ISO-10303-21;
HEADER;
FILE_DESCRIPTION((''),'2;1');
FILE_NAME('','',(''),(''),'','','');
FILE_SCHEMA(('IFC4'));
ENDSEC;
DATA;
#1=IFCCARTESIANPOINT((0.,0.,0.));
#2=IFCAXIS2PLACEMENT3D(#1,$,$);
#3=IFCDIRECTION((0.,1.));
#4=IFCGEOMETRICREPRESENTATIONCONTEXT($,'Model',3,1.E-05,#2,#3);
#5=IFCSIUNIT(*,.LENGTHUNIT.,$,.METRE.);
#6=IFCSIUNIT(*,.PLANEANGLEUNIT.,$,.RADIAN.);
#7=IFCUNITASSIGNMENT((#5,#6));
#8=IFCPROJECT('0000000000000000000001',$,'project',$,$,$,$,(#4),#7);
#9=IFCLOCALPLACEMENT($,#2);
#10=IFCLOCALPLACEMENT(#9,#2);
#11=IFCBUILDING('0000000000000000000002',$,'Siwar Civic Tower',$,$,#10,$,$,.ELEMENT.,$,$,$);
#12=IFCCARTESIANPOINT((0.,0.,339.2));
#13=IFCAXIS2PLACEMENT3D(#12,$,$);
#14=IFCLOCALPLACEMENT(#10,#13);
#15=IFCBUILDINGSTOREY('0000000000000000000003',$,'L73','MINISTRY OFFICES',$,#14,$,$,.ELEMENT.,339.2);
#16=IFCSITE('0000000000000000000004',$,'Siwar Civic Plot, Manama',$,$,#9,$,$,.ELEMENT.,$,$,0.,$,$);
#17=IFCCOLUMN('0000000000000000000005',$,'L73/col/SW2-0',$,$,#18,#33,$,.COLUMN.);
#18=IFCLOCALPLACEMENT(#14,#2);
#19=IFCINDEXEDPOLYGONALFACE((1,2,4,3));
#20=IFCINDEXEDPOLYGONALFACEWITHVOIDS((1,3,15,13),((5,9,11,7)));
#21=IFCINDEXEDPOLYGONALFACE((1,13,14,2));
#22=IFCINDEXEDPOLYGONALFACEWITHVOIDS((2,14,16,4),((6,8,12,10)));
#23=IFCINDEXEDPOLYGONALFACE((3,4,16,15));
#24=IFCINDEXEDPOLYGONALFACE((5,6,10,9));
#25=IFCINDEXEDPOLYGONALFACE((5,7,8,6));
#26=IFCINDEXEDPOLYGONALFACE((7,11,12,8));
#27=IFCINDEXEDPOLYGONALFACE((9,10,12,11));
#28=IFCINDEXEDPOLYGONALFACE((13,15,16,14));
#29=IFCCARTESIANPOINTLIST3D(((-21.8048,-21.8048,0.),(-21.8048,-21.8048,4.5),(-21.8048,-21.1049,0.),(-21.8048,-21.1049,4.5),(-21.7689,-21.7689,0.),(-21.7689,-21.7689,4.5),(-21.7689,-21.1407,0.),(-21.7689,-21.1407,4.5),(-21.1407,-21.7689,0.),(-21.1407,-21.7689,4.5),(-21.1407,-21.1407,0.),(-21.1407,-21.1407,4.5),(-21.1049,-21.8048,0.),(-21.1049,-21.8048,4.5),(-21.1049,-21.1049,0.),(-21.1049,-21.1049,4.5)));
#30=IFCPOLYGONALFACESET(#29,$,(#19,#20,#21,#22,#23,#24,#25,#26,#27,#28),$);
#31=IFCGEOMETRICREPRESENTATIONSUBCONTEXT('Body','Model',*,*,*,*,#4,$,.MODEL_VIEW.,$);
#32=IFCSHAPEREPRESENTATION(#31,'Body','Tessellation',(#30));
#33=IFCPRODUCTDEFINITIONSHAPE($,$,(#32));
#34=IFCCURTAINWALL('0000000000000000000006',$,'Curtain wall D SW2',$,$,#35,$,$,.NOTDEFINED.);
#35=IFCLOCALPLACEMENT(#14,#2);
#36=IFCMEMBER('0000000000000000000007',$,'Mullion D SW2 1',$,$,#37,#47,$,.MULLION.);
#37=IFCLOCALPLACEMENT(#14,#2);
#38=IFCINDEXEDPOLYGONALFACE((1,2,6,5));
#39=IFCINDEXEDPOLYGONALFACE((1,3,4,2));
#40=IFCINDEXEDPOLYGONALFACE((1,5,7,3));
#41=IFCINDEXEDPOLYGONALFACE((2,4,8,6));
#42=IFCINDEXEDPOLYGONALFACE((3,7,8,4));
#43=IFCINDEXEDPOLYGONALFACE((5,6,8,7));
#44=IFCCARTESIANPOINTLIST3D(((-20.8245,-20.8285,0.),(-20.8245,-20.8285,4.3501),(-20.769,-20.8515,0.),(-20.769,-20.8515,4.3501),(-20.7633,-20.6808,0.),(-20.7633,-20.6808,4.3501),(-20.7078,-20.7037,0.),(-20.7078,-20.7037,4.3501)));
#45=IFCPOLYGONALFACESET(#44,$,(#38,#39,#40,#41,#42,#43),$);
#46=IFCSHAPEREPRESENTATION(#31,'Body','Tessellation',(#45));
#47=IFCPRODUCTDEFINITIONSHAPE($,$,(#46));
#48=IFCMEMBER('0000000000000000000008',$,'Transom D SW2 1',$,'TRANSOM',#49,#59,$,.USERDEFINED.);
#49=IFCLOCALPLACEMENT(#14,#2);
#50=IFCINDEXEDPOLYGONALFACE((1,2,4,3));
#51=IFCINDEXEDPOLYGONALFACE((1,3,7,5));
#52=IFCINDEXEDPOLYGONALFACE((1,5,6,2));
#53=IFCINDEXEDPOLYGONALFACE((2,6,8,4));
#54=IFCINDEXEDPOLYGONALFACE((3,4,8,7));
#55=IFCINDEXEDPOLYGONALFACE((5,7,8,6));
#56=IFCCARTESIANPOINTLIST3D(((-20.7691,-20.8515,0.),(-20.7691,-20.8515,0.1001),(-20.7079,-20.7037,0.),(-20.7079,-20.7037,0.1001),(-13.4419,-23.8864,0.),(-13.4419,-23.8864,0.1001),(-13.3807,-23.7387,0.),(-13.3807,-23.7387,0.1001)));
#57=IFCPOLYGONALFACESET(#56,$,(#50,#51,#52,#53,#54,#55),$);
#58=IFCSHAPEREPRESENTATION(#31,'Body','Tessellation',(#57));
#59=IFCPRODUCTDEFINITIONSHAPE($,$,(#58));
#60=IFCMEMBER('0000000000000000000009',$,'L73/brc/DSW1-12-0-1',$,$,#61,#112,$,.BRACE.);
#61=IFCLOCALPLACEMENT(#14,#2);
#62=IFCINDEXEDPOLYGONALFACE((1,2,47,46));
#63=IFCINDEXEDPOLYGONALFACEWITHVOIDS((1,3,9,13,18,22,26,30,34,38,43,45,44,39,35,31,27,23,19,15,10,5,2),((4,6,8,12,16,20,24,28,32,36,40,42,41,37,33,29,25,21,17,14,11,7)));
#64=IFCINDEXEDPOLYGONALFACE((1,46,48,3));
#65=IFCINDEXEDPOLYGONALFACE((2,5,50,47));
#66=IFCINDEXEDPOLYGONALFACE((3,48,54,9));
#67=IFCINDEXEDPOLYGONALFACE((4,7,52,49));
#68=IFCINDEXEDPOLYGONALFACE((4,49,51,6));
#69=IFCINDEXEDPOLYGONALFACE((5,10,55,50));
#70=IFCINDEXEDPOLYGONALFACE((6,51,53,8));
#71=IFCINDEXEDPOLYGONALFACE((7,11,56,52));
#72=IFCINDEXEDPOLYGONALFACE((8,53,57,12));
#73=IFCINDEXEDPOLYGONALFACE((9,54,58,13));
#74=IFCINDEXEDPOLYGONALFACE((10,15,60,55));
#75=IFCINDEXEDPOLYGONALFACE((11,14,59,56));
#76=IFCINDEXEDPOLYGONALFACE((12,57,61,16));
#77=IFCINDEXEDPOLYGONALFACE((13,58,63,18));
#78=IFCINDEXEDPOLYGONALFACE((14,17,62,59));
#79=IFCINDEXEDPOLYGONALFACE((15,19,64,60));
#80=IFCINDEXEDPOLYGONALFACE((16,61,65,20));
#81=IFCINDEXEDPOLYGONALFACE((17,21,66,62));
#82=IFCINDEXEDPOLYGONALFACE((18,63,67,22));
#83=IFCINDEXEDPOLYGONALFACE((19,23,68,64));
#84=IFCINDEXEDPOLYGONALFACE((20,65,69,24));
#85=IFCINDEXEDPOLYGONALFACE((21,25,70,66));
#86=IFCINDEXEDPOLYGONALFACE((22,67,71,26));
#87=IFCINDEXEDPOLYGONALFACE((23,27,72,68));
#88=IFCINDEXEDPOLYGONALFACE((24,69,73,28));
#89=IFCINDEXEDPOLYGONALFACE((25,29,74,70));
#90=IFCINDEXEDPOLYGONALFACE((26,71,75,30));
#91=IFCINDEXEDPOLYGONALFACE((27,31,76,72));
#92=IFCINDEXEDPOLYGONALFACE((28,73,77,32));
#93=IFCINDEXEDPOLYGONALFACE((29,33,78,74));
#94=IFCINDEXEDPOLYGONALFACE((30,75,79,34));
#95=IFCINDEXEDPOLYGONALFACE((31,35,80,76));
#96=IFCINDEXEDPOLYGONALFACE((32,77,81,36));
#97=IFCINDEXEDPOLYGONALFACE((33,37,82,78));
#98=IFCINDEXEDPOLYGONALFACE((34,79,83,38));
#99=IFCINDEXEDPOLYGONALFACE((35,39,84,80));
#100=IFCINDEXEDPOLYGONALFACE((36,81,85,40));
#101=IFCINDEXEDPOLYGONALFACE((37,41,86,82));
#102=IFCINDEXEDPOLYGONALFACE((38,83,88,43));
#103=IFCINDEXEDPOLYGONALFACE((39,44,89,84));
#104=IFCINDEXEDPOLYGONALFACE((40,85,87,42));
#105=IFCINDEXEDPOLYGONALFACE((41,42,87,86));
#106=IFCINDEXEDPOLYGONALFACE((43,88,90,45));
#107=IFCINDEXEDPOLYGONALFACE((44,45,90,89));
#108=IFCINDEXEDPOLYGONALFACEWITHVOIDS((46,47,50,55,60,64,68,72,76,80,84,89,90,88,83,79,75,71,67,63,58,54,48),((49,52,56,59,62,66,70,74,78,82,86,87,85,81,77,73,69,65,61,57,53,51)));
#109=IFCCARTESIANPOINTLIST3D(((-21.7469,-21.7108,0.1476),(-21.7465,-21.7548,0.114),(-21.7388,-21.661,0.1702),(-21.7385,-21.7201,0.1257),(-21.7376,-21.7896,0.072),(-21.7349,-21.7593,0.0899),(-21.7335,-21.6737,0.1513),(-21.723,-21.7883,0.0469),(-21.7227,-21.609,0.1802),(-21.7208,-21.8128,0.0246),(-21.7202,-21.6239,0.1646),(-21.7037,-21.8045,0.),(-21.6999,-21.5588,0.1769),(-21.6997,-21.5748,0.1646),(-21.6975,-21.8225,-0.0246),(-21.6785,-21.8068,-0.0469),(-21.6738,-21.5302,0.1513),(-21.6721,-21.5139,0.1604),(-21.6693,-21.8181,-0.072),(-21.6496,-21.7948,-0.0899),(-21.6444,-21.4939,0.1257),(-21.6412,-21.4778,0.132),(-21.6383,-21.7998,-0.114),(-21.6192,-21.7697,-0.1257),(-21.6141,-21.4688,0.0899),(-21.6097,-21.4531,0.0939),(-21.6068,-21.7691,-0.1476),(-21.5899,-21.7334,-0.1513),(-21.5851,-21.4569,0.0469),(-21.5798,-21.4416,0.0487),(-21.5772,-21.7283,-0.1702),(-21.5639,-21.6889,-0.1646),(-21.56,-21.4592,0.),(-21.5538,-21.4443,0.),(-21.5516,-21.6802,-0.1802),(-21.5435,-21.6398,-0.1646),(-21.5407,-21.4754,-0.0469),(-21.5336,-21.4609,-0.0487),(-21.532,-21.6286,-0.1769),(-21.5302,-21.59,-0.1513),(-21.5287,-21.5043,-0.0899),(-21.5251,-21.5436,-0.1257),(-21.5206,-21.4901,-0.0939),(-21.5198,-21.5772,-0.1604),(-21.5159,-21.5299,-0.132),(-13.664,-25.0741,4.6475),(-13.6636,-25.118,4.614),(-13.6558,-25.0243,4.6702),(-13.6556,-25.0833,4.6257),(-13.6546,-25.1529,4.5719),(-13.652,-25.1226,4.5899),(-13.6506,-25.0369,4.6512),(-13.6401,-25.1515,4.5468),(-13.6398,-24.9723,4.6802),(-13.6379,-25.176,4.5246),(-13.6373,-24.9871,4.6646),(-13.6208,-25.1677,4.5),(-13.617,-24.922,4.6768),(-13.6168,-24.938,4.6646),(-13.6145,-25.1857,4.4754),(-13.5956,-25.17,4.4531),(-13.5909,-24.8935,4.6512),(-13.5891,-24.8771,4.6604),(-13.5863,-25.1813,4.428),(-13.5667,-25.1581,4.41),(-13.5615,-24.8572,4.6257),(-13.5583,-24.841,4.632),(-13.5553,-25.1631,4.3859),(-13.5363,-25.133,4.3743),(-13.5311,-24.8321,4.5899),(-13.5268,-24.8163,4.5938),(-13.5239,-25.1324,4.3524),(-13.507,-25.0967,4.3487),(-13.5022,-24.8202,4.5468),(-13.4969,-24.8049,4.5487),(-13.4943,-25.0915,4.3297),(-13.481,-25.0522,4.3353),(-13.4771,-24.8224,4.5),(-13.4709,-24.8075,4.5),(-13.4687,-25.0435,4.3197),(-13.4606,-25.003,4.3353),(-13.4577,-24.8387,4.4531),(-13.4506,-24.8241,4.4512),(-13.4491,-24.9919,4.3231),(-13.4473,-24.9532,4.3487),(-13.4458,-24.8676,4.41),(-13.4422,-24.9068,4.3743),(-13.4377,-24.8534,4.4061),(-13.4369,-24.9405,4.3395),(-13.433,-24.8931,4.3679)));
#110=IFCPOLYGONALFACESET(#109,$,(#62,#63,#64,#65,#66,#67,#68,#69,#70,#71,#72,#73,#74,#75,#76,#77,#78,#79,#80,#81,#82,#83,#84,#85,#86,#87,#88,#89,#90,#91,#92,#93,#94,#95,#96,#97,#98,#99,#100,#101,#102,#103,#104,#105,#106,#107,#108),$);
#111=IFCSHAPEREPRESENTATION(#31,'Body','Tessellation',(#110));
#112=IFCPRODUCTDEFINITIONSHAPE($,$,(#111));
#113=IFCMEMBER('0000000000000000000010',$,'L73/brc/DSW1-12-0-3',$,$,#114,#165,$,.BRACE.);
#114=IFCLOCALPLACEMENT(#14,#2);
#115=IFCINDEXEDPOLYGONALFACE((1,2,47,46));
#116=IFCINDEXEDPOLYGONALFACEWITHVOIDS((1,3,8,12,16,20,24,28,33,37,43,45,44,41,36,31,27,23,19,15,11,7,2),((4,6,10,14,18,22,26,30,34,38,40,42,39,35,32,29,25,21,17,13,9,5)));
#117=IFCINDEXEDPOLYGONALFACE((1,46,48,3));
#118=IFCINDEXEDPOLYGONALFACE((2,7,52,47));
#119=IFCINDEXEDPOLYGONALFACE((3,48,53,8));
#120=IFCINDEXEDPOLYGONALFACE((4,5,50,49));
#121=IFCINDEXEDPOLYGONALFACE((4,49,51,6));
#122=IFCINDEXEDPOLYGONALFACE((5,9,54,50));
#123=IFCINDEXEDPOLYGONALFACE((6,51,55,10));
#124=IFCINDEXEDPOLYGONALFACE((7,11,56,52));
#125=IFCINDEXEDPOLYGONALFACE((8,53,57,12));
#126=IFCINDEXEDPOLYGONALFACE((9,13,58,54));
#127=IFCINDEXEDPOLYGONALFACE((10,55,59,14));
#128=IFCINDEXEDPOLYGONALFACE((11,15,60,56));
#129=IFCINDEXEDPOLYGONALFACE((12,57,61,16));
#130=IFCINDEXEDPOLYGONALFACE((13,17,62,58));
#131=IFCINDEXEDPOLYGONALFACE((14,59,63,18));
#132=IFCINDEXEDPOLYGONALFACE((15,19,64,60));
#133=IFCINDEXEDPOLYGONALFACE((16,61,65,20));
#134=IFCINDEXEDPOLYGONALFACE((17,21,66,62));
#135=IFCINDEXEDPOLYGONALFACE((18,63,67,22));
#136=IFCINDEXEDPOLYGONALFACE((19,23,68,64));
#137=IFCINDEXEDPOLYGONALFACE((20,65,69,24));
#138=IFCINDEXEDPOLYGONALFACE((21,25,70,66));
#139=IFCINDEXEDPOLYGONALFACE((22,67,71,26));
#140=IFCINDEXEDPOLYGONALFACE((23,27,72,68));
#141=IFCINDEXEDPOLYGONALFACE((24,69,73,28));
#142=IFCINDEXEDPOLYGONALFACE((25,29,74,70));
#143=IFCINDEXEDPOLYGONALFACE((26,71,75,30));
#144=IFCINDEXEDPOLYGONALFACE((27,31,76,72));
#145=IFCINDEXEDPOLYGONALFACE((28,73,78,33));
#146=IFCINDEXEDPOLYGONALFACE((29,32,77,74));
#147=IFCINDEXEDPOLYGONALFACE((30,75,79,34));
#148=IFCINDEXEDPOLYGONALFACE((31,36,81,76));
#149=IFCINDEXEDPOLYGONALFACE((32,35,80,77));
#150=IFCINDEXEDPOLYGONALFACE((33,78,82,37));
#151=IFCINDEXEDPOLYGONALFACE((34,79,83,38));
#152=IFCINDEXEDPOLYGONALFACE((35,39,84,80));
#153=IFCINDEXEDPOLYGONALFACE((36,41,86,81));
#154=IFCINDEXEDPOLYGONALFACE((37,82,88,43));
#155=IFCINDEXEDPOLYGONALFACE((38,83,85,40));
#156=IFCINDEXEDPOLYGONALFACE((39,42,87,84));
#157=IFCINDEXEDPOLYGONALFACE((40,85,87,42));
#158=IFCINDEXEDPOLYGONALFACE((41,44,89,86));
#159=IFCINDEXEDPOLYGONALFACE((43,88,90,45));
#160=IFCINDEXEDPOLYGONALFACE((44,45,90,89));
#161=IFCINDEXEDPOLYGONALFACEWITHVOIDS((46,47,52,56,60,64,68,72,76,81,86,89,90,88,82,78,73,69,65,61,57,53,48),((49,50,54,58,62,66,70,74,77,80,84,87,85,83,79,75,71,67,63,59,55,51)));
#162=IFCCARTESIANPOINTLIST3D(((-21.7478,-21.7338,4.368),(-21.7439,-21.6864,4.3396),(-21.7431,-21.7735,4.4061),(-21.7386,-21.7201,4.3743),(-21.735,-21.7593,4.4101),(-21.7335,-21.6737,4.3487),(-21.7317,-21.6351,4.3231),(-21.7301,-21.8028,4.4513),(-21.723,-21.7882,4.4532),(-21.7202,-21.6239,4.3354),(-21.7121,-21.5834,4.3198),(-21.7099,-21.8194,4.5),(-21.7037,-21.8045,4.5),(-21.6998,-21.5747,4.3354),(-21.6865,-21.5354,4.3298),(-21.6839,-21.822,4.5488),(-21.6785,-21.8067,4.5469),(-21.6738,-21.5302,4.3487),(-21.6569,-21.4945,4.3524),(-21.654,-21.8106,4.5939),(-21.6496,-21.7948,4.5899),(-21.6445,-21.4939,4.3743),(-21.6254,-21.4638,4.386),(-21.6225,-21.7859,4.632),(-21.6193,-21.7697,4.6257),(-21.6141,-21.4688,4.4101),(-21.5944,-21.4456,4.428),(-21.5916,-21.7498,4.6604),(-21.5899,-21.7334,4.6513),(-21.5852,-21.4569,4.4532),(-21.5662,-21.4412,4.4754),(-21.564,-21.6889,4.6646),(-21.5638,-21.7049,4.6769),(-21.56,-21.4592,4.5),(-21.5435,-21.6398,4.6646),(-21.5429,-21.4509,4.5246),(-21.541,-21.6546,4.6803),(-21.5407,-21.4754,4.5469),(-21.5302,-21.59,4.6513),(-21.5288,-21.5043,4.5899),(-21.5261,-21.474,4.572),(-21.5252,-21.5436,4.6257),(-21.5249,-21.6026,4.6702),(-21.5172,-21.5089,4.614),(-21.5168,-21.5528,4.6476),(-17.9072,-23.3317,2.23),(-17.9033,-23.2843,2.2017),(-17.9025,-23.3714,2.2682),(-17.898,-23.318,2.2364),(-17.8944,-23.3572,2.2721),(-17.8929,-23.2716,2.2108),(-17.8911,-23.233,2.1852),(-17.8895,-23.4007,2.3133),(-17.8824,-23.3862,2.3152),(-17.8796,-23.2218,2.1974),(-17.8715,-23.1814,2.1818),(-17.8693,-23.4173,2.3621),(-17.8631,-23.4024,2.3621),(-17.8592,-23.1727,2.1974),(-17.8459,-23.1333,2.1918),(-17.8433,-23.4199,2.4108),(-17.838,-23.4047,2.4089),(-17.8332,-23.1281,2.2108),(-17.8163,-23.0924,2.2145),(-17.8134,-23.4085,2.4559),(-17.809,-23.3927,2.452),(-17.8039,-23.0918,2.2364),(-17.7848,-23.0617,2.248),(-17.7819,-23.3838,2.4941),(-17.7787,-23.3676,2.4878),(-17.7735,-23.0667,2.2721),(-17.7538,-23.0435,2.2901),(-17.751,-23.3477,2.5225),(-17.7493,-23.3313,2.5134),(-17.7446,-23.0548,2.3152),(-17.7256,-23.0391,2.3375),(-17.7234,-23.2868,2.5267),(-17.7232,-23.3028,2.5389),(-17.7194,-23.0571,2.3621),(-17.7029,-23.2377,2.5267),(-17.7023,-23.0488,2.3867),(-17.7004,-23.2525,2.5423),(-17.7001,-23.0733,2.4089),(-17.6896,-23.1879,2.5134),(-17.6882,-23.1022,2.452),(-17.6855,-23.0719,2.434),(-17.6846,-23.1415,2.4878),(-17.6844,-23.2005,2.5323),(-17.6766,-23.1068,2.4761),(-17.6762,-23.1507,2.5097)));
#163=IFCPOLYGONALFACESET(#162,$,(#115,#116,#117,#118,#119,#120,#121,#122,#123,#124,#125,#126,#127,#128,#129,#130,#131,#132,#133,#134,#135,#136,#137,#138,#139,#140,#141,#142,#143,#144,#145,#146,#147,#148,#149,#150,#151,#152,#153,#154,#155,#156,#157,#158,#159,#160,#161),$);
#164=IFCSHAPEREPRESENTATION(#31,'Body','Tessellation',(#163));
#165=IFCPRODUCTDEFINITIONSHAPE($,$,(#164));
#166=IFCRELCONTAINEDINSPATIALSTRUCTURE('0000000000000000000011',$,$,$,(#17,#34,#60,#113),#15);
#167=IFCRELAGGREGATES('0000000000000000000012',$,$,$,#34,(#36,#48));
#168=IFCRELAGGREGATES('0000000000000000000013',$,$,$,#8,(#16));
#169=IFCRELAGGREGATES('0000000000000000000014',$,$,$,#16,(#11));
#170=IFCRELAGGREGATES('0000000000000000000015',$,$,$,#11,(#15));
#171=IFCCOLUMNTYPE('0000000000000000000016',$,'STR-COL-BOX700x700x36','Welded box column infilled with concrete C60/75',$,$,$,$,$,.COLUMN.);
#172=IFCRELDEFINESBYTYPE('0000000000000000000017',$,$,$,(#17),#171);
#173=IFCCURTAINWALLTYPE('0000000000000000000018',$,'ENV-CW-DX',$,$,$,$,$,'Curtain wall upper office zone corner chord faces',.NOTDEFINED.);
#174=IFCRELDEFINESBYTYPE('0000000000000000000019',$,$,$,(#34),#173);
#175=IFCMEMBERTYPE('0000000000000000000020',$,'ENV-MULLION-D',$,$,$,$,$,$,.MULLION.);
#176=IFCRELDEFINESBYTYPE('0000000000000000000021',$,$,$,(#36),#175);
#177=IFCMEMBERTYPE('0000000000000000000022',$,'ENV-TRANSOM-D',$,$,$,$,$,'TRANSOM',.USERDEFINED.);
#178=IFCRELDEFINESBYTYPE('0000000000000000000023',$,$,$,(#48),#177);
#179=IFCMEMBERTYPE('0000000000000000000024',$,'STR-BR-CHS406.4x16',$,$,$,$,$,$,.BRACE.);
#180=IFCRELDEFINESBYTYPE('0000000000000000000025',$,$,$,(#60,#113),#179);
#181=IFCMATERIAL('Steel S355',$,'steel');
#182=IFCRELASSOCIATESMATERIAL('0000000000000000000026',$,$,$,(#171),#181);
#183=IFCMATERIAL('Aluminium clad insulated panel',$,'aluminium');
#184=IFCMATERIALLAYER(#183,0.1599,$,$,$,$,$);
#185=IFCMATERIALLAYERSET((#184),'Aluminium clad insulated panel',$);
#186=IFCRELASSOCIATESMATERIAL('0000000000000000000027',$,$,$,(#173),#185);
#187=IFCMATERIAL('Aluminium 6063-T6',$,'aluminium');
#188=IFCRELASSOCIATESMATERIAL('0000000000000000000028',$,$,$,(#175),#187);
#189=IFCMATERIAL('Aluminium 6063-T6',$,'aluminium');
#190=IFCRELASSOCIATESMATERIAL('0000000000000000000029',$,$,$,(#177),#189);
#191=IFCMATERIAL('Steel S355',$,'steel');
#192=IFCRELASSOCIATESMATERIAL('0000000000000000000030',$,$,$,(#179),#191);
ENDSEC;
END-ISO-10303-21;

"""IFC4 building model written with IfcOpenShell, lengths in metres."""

from ifc_helpers import new_model, si_unit, direction, frame, origin, origin_2d, place, context, subcontext, project, spatial, rectangle, hollow_rectangle, hollow_circle, extrude, material, layer, layer_set, material_profile, profile_set, type_object, element, aggregate, save


model = new_model("IFC4")

# Units and contexts
model_context = context("Model", 3, precision=1e-05, world=origin(), true_north=direction((0.0, 1.0)))
body_context = subcontext(model_context, "Body", "Model", "MODEL_VIEW")
ifc_project = project(units=[si_unit("LENGTHUNIT", "METRE"), si_unit("PLANEANGLEUNIT", "RADIAN")], contexts=[model_context])

# Site, building, storey
site_placement = place(None, origin())
site = spatial("IfcSite", under=ifc_project, at=site_placement, Name="Siwar Civic Plot, Manama", CompositionType="ELEMENT", RefElevation=0.0)
building_placement = place(site_placement, origin())
building = spatial("IfcBuilding", under=site, at=building_placement, Name="Siwar Civic Tower", CompositionType="ELEMENT")
storey_placement = place(building_placement, frame((0.0, 0.0, 339.2)))
storey = spatial("IfcBuildingStorey", under=building, at=storey_placement, Name="L73", Description="MINISTRY OFFICES", CompositionType="ELEMENT", Elevation=339.2)

# Column
ifc_material_1 = material(Name="Steel S355", Category="steel")
ifc_material_profile_1 = material_profile(ifc_material_1, hollow_rectangle(XDim=0.7, YDim=0.7, WallThickness=0.0359, at=origin_2d()), Name="BOX700x700x36")
ifc_profile_set_1 = profile_set([ifc_material_profile_1], Name="Steel S355")
column_type = type_object("IfcColumnType", Name="STR-COL-BOX700x700x36", Description="Welded box column infilled with concrete C60/75", PredefinedType="COLUMN", material=ifc_profile_set_1)
column_placement = place(storey_placement, frame((-21.4548, -21.4548, 0.0), z_axis=(0.0, 0.0, 1.0), x_axis=(1.0, 0.0, 0.0)))
element("IfcColumn", 1, at=column_placement, inside=storey, type_object=column_type, Name="L73/col/SW2-0", PredefinedType="COLUMN", context=body_context, shape_type="SweptSolid", body=[
    extrude(hollow_rectangle(XDim=0.7, YDim=0.7, WallThickness=0.0359, at=origin_2d()), origin(), (0.0, 0.0, 1.0), 4.5),
])

# Curtain wall, members
ifc_material_2 = material(Name="Aluminium clad insulated panel", Category="aluminium")
ifc_layer_1 = layer(ifc_material_2, 0.1599)
ifc_layer_set_1 = layer_set([ifc_layer_1], Name="Aluminium clad insulated panel")
curtain_wall_type = type_object("IfcCurtainWallType", Name="ENV-CW-DX", ElementType="Curtain wall upper office zone corner chord faces", PredefinedType="NOTDEFINED", material=ifc_layer_set_1)
curtain_wall_1_placement = place(storey_placement, origin())
curtain_wall_1 = element("IfcCurtainWall", 2, at=curtain_wall_1_placement, inside=storey, type_object=curtain_wall_type, Name="Curtain wall D SW2", PredefinedType="NOTDEFINED")
ifc_material_3 = material(Name="Aluminium 6063-T6", Category="aluminium")
ifc_material_profile_2 = material_profile(ifc_material_3, rectangle(XDim=0.1599, YDim=0.0601, at=origin_2d()), Name="AL 160x60")
ifc_profile_set_2 = profile_set([ifc_material_profile_2], Name="Aluminium 6063-T6")
member_type_1 = type_object("IfcMemberType", Name="ENV-MULLION-D", PredefinedType="MULLION", material=ifc_profile_set_2)
member_1_placement = place(storey_placement, frame((-20.7661, -20.7661, 0.0), z_axis=(0.0, 0.0, 1.0), x_axis=(0.382683, 0.92388, 0.0)))
member_1 = element("IfcMember", 3, at=member_1_placement, type_object=member_type_1, Name="Mullion D SW2 1", PredefinedType="MULLION", context=body_context, shape_type="SweptSolid", body=[
    extrude(rectangle(XDim=0.1599, YDim=0.0601, at=origin_2d()), origin(), (0.0, 0.0, 1.0), 4.3501),
])
ifc_material_4 = material(Name="Aluminium 6063-T6", Category="aluminium")
ifc_material_profile_3 = material_profile(ifc_material_4, rectangle(XDim=0.1599, YDim=0.1001, at=origin_2d()), Name="AL 160x100")
ifc_profile_set_3 = profile_set([ifc_material_profile_3], Name="Aluminium 6063-T6")
member_type_2 = type_object("IfcMemberType", Name="ENV-TRANSOM-D", ElementType="TRANSOM", PredefinedType="USERDEFINED", material=ifc_profile_set_3)
member_2_placement = place(storey_placement, frame((-20.7385, -20.7776, 0.05), z_axis=(0.923884, -0.382674, 0.0), x_axis=(0.382674, 0.923884, 0.0)))
member_2 = element("IfcMember", 4, at=member_2_placement, type_object=member_type_2, Name="Transom D SW2 1", ObjectType="TRANSOM", PredefinedType="USERDEFINED", context=body_context, shape_type="SweptSolid", body=[
    extrude(rectangle(XDim=0.1599, YDim=0.1001, at=origin_2d()), origin(), (0.0, 0.0, 1.0), 7.9309),
])

# Members
ifc_material_5 = material(Name="Steel S355", Category="steel")
ifc_material_profile_4 = material_profile(ifc_material_5, hollow_circle(Radius=0.2031, WallThickness=0.0161, at=origin_2d()), Name="CHS406.4x16")
ifc_profile_set_4 = profile_set([ifc_material_profile_4], Name="Steel S355")
member_type_3 = type_object("IfcMemberType", Name="STR-BR-CHS406.4x16", PredefinedType="BRACE", material=ifc_profile_set_4)
member_3_placement = place(storey_placement, frame((-21.6318, -21.6318, 0.0), z_axis=(0.821143, -0.341671, 0.457149), x_axis=(0.384164, 0.923265, 0.0)))
element("IfcMember", 5, at=member_3_placement, inside=storey, type_object=member_type_3, Name="L73/brc/DSW1-12-0-1", PredefinedType="BRACE", context=body_context, shape_type="SweptSolid", body=[
    extrude(hollow_circle(Radius=0.2031, WallThickness=0.0161, at=origin_2d()), origin(), (0.0, 0.0, 1.0), 9.8435),
])
member_4_placement = place(storey_placement, frame((-17.7913, -23.2297, 2.3621), z_axis=(-0.821167, 0.341653, 0.45712), x_axis=(-0.384136, -0.923276, 0.0)))
element("IfcMember", 6, at=member_4_placement, inside=storey, type_object=member_type_3, Name="L73/brc/DSW1-12-0-3", PredefinedType="BRACE", context=body_context, shape_type="SweptSolid", body=[
    extrude(hollow_circle(Radius=0.2031, WallThickness=0.0161, at=origin_2d()), origin(), (0.0, 0.0, 1.0), 4.677),
])

aggregate(curtain_wall_1, [member_1, member_2])

save(model, "model.ifc")
